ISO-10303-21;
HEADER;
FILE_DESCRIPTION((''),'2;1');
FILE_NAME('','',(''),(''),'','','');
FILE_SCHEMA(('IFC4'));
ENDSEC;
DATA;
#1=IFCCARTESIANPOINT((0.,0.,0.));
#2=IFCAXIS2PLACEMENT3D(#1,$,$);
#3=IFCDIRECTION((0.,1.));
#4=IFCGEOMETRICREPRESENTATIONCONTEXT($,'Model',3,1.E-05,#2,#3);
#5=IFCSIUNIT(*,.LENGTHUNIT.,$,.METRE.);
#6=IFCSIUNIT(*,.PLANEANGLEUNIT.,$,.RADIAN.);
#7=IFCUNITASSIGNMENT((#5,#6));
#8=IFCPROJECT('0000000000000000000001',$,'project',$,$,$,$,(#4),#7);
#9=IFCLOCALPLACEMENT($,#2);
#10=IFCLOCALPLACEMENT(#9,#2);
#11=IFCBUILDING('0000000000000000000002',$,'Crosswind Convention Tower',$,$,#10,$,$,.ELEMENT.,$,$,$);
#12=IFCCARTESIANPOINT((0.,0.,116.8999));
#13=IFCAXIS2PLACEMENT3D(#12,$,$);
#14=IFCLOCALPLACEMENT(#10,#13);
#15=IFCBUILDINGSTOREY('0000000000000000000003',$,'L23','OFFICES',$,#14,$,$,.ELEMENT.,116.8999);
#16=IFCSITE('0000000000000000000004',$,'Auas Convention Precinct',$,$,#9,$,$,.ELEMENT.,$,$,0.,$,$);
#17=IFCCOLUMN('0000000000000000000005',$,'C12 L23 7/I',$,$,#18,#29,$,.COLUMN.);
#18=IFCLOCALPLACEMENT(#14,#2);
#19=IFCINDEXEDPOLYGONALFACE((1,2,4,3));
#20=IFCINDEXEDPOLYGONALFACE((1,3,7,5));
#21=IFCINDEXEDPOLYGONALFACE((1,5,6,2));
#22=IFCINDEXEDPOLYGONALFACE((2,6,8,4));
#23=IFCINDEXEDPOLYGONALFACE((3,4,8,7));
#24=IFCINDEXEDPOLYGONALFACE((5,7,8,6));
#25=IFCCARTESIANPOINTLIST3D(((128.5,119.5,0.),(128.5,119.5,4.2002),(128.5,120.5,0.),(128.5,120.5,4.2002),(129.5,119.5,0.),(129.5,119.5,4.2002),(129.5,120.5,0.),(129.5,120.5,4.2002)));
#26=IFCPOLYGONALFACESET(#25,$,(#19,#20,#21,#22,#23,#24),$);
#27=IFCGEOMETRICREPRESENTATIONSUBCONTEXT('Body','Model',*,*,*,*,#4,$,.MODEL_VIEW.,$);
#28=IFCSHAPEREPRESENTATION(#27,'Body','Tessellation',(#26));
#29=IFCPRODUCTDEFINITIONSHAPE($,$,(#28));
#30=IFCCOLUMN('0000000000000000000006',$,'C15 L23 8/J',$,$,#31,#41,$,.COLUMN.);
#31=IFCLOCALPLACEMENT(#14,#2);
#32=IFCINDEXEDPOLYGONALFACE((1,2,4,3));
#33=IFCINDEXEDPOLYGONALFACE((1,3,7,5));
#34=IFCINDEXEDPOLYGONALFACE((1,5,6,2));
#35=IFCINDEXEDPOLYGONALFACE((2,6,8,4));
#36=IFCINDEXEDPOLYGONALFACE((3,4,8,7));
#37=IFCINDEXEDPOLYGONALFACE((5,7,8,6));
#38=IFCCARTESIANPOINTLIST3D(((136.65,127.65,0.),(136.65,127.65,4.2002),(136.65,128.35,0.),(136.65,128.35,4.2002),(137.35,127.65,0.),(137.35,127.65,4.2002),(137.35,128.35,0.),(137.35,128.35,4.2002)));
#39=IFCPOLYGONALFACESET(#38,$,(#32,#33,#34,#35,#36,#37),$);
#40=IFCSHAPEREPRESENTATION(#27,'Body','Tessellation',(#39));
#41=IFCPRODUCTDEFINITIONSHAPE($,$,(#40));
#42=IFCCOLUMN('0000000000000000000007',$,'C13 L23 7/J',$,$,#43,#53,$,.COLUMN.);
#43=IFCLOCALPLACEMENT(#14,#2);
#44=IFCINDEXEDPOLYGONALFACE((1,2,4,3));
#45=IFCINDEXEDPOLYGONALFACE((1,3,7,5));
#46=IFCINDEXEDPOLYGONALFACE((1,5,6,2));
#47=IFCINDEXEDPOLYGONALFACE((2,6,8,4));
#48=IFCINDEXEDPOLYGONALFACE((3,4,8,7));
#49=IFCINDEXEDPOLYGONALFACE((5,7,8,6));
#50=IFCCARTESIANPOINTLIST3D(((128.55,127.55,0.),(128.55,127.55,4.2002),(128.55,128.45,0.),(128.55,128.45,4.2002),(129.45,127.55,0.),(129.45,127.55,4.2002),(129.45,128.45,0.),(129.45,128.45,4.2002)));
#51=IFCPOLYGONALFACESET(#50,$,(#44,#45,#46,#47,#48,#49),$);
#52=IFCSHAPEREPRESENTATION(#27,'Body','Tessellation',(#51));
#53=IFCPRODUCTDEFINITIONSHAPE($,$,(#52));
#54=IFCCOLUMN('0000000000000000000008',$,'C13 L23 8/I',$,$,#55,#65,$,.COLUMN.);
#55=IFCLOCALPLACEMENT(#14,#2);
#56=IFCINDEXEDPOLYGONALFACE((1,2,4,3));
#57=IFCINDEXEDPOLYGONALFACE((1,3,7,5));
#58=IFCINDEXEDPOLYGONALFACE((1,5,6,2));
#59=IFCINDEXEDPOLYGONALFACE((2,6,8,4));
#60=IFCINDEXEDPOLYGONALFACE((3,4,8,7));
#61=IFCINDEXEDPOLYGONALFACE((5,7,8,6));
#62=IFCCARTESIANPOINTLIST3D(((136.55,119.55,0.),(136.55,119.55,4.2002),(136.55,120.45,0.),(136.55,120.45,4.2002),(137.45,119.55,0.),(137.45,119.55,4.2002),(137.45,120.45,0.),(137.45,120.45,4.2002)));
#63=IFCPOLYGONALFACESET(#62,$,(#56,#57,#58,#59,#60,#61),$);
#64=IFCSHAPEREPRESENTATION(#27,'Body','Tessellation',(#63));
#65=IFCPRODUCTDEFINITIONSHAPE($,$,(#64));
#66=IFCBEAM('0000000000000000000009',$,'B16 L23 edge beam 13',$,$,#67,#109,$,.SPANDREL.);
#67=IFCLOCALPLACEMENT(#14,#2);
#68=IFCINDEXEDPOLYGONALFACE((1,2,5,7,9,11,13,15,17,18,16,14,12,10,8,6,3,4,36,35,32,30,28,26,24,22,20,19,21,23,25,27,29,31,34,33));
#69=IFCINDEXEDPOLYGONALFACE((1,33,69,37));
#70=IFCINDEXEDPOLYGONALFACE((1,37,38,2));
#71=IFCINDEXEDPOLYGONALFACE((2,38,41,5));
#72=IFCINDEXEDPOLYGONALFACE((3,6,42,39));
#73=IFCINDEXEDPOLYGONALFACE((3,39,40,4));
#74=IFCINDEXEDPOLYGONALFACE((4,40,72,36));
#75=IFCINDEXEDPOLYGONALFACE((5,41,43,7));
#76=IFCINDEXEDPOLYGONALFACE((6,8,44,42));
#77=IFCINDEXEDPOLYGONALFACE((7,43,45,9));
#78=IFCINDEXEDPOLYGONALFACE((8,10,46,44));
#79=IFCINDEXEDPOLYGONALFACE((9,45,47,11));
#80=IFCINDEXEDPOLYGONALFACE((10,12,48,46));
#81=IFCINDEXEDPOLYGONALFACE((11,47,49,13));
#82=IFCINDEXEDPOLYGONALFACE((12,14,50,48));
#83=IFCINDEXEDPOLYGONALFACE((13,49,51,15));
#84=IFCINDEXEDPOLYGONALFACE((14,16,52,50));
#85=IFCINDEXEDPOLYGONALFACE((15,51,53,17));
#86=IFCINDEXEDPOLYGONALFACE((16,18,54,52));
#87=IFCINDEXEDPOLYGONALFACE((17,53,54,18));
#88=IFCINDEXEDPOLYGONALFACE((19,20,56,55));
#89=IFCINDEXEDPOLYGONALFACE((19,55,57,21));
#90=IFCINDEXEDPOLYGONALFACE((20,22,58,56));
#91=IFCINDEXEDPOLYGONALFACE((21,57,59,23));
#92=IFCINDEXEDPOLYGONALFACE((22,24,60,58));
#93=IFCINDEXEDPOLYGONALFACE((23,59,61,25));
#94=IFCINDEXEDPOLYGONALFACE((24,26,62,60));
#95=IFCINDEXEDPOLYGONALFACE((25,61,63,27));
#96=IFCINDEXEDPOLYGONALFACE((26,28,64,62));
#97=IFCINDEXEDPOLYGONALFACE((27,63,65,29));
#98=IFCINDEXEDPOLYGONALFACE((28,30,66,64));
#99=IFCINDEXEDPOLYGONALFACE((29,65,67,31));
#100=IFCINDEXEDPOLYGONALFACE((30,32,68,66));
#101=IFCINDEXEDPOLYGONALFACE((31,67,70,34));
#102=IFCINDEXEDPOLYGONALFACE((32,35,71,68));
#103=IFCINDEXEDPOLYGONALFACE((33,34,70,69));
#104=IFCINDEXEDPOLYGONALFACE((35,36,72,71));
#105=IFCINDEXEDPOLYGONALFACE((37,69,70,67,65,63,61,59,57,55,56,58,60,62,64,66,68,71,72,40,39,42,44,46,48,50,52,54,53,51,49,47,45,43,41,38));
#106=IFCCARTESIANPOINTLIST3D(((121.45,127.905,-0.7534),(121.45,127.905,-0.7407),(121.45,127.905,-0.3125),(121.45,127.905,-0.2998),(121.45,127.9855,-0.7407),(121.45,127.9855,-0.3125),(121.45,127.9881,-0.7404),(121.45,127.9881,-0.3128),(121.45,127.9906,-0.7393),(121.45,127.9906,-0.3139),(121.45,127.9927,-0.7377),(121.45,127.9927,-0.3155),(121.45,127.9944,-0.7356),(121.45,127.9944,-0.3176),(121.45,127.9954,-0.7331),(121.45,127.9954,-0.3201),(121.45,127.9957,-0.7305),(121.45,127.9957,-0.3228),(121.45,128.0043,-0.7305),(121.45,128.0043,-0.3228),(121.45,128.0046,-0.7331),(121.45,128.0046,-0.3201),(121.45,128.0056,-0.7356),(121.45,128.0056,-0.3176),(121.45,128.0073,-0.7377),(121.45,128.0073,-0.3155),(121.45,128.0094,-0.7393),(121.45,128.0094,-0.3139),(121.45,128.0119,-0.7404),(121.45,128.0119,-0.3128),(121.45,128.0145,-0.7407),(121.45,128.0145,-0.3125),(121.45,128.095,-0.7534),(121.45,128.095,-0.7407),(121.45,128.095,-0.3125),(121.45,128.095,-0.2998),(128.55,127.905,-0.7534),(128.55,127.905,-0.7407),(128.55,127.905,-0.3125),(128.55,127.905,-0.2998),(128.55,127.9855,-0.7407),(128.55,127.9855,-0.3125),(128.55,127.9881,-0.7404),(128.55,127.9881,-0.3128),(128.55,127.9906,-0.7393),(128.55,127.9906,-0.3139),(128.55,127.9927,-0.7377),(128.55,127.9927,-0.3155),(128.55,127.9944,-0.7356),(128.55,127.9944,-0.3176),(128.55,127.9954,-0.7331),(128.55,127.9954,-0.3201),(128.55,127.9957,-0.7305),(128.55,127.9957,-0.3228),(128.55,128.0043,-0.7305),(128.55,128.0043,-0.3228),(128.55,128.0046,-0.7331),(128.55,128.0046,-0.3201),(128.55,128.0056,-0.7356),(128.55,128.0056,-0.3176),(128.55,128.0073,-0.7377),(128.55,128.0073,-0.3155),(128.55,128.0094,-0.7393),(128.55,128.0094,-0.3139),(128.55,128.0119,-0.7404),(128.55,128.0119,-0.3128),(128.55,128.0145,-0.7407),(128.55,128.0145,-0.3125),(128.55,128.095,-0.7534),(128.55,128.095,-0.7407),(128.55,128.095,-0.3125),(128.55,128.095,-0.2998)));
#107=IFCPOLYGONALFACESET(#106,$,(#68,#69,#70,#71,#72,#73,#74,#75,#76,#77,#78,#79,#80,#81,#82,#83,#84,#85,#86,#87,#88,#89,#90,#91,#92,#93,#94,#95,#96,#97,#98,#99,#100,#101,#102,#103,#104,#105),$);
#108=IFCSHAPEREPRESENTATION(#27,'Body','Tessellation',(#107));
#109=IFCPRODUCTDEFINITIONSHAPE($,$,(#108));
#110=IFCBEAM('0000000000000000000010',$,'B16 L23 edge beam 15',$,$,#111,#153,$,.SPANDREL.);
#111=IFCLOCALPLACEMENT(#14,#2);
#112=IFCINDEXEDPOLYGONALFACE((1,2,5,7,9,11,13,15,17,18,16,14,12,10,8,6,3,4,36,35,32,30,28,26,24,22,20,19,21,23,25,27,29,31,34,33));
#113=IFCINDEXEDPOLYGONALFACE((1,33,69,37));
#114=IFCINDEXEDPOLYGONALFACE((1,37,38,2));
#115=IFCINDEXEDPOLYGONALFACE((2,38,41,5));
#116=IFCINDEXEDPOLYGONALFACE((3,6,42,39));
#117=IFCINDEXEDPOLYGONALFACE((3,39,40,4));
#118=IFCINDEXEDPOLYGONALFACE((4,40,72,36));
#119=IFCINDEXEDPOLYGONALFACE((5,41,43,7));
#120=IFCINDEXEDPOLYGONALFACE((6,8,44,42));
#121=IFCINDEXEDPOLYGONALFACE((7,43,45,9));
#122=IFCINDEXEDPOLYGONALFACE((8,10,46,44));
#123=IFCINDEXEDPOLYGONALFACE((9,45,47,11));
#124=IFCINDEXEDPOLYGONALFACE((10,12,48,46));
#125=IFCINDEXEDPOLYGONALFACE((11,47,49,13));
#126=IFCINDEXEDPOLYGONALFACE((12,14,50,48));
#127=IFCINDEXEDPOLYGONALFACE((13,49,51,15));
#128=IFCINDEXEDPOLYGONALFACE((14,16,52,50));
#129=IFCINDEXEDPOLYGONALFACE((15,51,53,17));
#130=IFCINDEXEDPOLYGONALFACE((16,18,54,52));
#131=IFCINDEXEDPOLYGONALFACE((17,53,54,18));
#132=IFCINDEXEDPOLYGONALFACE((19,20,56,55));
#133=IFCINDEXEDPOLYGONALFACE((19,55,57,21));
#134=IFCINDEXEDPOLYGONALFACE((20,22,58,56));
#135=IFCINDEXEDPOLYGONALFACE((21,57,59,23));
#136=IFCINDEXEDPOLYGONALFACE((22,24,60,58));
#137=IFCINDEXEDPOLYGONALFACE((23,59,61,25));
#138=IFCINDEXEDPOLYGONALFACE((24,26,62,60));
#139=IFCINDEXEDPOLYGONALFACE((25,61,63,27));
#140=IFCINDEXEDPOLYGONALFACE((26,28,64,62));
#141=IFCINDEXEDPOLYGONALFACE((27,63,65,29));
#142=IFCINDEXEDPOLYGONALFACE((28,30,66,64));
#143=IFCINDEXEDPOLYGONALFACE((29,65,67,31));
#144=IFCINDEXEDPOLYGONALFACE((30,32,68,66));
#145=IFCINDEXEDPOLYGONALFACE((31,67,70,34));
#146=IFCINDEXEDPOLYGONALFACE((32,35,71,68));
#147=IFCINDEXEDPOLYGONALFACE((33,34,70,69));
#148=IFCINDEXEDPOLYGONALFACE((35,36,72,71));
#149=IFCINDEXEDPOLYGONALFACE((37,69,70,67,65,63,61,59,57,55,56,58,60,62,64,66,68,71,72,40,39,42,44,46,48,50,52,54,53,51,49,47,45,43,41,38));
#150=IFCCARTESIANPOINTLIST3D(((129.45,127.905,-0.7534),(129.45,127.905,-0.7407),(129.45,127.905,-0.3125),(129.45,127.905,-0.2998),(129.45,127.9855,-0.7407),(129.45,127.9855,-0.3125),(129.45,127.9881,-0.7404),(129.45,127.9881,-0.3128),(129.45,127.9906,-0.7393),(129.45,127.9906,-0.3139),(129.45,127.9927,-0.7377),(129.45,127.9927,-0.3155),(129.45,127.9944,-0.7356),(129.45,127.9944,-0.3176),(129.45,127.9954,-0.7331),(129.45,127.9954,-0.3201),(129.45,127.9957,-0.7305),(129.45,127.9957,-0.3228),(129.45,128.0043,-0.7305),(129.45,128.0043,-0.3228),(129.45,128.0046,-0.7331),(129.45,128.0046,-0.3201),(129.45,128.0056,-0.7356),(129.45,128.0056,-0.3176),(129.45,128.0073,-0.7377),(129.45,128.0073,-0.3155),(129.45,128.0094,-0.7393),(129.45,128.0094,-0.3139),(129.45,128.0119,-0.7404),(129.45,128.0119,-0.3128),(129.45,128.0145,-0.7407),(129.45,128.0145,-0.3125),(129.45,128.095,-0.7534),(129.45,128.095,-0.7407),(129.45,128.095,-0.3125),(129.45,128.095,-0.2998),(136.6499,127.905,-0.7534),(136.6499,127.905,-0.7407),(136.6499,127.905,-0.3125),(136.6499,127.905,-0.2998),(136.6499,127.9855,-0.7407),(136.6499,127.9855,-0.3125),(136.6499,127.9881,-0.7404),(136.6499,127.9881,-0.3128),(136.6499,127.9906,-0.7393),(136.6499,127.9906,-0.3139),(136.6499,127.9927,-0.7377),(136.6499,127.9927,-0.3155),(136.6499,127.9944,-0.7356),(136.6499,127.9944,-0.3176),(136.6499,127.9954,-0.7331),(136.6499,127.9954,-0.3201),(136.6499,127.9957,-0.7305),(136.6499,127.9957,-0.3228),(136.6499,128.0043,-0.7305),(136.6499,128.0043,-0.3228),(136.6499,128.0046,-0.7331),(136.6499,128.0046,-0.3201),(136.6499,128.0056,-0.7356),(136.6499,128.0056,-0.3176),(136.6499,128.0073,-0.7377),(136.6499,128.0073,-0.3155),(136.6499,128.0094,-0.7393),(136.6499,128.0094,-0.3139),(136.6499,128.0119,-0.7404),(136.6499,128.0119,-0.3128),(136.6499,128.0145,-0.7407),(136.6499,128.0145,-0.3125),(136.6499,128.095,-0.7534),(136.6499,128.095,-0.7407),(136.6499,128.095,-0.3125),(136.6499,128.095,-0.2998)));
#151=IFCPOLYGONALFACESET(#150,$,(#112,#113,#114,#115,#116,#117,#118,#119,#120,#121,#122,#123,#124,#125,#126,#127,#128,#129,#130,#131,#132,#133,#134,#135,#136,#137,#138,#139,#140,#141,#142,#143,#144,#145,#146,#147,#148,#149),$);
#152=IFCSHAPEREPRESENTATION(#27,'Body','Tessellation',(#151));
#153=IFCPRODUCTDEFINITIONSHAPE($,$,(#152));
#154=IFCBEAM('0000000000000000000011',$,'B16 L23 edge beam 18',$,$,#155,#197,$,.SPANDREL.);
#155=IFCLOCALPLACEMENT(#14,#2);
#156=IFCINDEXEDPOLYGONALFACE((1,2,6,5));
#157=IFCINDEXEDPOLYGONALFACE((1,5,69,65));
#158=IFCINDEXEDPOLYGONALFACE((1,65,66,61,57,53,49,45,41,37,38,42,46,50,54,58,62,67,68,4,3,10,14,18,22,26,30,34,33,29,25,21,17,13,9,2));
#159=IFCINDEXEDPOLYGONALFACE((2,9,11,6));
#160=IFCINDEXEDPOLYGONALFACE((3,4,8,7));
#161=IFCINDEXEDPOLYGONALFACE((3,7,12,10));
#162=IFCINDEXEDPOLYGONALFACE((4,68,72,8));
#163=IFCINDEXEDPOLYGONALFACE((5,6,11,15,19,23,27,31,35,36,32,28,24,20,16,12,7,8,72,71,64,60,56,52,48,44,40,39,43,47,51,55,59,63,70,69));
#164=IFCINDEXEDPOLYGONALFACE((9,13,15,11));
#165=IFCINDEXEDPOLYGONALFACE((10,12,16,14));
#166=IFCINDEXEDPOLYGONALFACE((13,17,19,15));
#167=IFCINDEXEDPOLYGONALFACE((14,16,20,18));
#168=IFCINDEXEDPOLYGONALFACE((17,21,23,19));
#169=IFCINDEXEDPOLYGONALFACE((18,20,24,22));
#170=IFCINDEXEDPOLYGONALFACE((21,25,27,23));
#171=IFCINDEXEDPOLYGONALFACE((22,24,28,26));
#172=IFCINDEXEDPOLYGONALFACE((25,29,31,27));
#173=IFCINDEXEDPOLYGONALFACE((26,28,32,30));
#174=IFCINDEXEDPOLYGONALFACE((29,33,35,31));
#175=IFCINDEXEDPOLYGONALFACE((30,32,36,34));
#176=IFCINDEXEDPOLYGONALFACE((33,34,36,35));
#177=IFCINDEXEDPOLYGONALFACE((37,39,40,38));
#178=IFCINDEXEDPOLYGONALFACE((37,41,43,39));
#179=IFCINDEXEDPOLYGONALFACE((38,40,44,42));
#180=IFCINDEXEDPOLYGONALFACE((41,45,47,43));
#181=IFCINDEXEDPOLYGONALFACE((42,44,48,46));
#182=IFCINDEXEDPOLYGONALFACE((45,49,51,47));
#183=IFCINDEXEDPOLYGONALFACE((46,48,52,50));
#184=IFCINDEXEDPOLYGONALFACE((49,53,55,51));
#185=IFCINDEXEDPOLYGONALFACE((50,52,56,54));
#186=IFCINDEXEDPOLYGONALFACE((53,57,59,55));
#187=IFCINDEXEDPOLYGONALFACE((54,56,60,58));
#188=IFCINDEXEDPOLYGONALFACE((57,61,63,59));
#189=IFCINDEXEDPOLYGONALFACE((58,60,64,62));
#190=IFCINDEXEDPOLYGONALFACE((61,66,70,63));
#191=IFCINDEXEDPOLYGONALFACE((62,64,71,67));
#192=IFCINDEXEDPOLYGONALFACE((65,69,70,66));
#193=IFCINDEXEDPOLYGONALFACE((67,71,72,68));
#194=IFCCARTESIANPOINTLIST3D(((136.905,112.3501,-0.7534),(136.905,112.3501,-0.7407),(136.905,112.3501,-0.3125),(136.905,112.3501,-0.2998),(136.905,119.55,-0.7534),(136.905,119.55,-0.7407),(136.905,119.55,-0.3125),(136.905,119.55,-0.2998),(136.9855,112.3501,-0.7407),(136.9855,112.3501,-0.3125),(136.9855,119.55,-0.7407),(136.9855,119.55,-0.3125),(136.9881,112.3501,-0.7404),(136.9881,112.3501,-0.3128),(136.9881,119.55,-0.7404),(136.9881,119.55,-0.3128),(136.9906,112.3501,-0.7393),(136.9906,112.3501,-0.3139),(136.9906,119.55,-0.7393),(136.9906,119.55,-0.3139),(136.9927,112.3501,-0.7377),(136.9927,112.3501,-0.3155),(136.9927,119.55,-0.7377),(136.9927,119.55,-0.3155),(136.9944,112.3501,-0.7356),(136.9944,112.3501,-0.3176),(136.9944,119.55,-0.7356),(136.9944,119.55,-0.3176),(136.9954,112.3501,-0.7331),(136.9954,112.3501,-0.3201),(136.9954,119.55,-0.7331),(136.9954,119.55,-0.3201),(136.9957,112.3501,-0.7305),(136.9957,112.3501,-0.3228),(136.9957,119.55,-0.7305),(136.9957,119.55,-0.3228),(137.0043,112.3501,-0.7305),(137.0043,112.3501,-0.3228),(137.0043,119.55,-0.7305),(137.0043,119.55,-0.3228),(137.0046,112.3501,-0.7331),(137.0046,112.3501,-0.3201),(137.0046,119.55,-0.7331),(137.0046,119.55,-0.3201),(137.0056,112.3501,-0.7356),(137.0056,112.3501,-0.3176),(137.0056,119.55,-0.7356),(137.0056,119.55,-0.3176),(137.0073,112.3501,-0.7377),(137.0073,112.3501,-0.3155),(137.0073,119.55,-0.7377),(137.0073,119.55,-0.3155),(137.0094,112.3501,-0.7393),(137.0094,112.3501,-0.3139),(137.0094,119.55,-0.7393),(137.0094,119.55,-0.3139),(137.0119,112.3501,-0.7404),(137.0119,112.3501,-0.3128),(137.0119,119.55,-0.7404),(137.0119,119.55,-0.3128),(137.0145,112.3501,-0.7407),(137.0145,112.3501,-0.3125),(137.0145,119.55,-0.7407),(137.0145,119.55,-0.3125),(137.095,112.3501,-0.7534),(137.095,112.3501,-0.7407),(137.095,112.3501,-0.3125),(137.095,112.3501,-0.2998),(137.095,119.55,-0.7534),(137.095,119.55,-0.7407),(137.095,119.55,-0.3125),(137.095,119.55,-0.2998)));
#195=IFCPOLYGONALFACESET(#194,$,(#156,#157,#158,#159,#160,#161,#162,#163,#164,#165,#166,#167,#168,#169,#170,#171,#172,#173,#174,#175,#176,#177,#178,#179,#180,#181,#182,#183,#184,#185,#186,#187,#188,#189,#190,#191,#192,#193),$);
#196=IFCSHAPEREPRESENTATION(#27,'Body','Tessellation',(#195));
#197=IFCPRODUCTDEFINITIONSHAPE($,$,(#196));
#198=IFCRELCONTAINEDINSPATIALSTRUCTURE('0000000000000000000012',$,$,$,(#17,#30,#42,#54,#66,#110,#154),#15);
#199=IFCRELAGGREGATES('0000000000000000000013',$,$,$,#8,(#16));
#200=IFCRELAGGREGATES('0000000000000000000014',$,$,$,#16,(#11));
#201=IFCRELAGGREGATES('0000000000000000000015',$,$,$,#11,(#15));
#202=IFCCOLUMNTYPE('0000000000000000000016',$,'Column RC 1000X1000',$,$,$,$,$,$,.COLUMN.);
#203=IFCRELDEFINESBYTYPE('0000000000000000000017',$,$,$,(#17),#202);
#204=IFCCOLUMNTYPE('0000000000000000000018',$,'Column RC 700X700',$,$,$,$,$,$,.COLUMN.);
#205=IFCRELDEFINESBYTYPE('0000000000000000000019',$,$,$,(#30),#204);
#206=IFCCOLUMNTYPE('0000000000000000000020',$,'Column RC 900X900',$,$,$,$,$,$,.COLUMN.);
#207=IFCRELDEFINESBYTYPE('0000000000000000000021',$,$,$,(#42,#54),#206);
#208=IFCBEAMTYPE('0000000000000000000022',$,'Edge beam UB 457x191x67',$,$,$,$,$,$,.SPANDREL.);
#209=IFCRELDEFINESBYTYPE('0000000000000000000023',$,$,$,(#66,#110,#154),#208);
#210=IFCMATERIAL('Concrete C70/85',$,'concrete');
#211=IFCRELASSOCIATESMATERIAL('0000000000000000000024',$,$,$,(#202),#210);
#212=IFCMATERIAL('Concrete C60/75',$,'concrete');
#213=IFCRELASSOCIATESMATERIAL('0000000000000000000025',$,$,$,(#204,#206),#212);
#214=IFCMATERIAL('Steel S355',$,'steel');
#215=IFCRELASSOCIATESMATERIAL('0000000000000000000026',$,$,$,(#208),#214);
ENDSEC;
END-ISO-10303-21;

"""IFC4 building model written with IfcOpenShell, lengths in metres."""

from ifc_helpers import new_model, si_unit, direction, frame, origin, origin_2d, place, context, subcontext, project, spatial, rectangle, i_section, extrude, material, material_profile, profile_set, type_object, element, save


model = new_model("IFC4")

# Units and contexts
model_context = context("Model", 3, precision=1e-05, world=origin(), true_north=direction((0.0, 1.0)))
body_context = subcontext(model_context, "Body", "Model", "MODEL_VIEW")
ifc_project = project(units=[si_unit("LENGTHUNIT", "METRE"), si_unit("PLANEANGLEUNIT", "RADIAN")], contexts=[model_context])

# Site, building, storey
site_placement = place(None, origin())
site = spatial("IfcSite", under=ifc_project, at=site_placement, Name="Auas Convention Precinct", CompositionType="ELEMENT", RefElevation=0.0)
building_placement = place(site_placement, origin())
building = spatial("IfcBuilding", under=site, at=building_placement, Name="Crosswind Convention Tower", CompositionType="ELEMENT")
storey_placement = place(building_placement, frame((0.0, 0.0, 116.8999)))
storey = spatial("IfcBuildingStorey", under=building, at=storey_placement, Name="L23", Description="OFFICES", CompositionType="ELEMENT", Elevation=116.8999)

# Columns
ifc_material_1 = material(Name="Concrete C70/85", Category="concrete")
ifc_material_profile_1 = material_profile(ifc_material_1, rectangle(XDim=1.0, YDim=1.0, at=origin_2d()), Name="RC 1000X1000")
ifc_profile_set_1 = profile_set([ifc_material_profile_1], Name="Concrete C70/85")
column_type_1 = type_object("IfcColumnType", Name="Column RC 1000X1000", PredefinedType="COLUMN", material=ifc_profile_set_1)
column_1_placement = place(storey_placement, frame((129.0, 120.0, 0.0), z_axis=(0.0, 0.0, 1.0), x_axis=(1.0, 0.0, 0.0)))
element("IfcColumn", 1, at=column_1_placement, inside=storey, type_object=column_type_1, Name="C12 L23 7/I", PredefinedType="COLUMN", context=body_context, shape_type="SweptSolid", body=[
    extrude(rectangle(XDim=1.0, YDim=1.0, at=origin_2d()), origin(), (0.0, 0.0, 1.0), 4.2002),
])
ifc_material_2 = material(Name="Concrete C60/75", Category="concrete")
ifc_material_profile_2 = material_profile(ifc_material_2, rectangle(XDim=0.7, YDim=0.7, at=origin_2d()), Name="RC 700X700")
ifc_profile_set_2 = profile_set([ifc_material_profile_2], Name="Concrete C60/75")
column_type_2 = type_object("IfcColumnType", Name="Column RC 700X700", PredefinedType="COLUMN", material=ifc_profile_set_2)
column_2_placement = place(storey_placement, frame((137.0, 128.0, 0.0), z_axis=(0.0, 0.0, 1.0), x_axis=(1.0, 0.0, 0.0)))
element("IfcColumn", 2, at=column_2_placement, inside=storey, type_object=column_type_2, Name="C15 L23 8/J", PredefinedType="COLUMN", context=body_context, shape_type="SweptSolid", body=[
    extrude(rectangle(XDim=0.7, YDim=0.7, at=origin_2d()), origin(), (0.0, 0.0, 1.0), 4.2002),
])
ifc_material_profile_3 = material_profile(ifc_material_2, rectangle(XDim=0.8999, YDim=0.8999, at=origin_2d()), Name="RC 900X900")
ifc_profile_set_3 = profile_set([ifc_material_profile_3], Name="Concrete C60/75")
column_type_3 = type_object("IfcColumnType", Name="Column RC 900X900", PredefinedType="COLUMN", material=ifc_profile_set_3)
for number, where, z_axis, x_axis, name in (
    (3, (129.0, 128.0, 0.0), (0.0, 0.0, 1.0), (1.0, 0.0, 0.0), "C13 L23 7/J"),
    (4, (137.0, 120.0, 0.0), (0.0, 0.0, 1.0), (1.0, 0.0, 0.0), "C13 L23 8/I"),
):
    element("IfcColumn", number, at=place(storey_placement, frame(where, z_axis=z_axis, x_axis=x_axis)), inside=storey, type_object=column_type_3, Name=name, PredefinedType="COLUMN", context=body_context, shape_type="SweptSolid", body=[
        extrude(rectangle(XDim=0.8999, YDim=0.8999, at=origin_2d()), origin(), (0.0, 0.0, 1.0), 4.2002),
    ])

# Beams
ifc_material_3 = material(Name="Steel S355", Category="steel")
ifc_material_profile_4 = material_profile(ifc_material_3, i_section(OverallWidth=0.1899, OverallDepth=0.4536, WebThickness=0.0085, FlangeThickness=0.0127, FilletRadius=0.0103, at=origin_2d()), Name="UB 457x191x67")
ifc_profile_set_4 = profile_set([ifc_material_profile_4], Name="Steel S355")
beam_type_1 = type_object("IfcBeamType", Name="Edge beam UB 457x191x67", PredefinedType="SPANDREL", material=ifc_profile_set_4)
beam_placement = place(storey_placement, frame((121.45, 128.0, -0.5266), z_axis=(1.0, 0.0, 0.0), x_axis=(0.0, 1.0, 0.0)))
element("IfcBeam", 5, at=beam_placement, inside=storey, type_object=beam_type_1, Name="B16 L23 edge beam 13", PredefinedType="SPANDREL", context=body_context, shape_type="SweptSolid", body=[
    extrude(i_section(OverallWidth=0.1899, OverallDepth=0.4536, WebThickness=0.0085, FlangeThickness=0.0127, FilletRadius=0.0103, at=origin_2d()), origin(), (0.0, 0.0, 1.0), 7.1001),
])
for number, where, z_axis, x_axis, name in (
    (6, (129.45, 128.0, -0.5266), (1.0, 0.0, 0.0), (0.0, 1.0, 0.0), "B16 L23 edge beam 15"),
    (7, (137.0, 112.3501, -0.5266), (0.0, 1.0, 0.0), (-1.0, 0.0, 0.0), "B16 L23 edge beam 18"),
):
    element("IfcBeam", number, at=place(storey_placement, frame(where, z_axis=z_axis, x_axis=x_axis)), inside=storey, type_object=beam_type_1, Name=name, PredefinedType="SPANDREL", context=body_context, shape_type="SweptSolid", body=[
        extrude(i_section(OverallWidth=0.1899, OverallDepth=0.4536, WebThickness=0.0085, FlangeThickness=0.0127, FilletRadius=0.0103, at=origin_2d()), origin(), (0.0, 0.0, 1.0), 7.2),
    ])

save(model, "model.ifc")
